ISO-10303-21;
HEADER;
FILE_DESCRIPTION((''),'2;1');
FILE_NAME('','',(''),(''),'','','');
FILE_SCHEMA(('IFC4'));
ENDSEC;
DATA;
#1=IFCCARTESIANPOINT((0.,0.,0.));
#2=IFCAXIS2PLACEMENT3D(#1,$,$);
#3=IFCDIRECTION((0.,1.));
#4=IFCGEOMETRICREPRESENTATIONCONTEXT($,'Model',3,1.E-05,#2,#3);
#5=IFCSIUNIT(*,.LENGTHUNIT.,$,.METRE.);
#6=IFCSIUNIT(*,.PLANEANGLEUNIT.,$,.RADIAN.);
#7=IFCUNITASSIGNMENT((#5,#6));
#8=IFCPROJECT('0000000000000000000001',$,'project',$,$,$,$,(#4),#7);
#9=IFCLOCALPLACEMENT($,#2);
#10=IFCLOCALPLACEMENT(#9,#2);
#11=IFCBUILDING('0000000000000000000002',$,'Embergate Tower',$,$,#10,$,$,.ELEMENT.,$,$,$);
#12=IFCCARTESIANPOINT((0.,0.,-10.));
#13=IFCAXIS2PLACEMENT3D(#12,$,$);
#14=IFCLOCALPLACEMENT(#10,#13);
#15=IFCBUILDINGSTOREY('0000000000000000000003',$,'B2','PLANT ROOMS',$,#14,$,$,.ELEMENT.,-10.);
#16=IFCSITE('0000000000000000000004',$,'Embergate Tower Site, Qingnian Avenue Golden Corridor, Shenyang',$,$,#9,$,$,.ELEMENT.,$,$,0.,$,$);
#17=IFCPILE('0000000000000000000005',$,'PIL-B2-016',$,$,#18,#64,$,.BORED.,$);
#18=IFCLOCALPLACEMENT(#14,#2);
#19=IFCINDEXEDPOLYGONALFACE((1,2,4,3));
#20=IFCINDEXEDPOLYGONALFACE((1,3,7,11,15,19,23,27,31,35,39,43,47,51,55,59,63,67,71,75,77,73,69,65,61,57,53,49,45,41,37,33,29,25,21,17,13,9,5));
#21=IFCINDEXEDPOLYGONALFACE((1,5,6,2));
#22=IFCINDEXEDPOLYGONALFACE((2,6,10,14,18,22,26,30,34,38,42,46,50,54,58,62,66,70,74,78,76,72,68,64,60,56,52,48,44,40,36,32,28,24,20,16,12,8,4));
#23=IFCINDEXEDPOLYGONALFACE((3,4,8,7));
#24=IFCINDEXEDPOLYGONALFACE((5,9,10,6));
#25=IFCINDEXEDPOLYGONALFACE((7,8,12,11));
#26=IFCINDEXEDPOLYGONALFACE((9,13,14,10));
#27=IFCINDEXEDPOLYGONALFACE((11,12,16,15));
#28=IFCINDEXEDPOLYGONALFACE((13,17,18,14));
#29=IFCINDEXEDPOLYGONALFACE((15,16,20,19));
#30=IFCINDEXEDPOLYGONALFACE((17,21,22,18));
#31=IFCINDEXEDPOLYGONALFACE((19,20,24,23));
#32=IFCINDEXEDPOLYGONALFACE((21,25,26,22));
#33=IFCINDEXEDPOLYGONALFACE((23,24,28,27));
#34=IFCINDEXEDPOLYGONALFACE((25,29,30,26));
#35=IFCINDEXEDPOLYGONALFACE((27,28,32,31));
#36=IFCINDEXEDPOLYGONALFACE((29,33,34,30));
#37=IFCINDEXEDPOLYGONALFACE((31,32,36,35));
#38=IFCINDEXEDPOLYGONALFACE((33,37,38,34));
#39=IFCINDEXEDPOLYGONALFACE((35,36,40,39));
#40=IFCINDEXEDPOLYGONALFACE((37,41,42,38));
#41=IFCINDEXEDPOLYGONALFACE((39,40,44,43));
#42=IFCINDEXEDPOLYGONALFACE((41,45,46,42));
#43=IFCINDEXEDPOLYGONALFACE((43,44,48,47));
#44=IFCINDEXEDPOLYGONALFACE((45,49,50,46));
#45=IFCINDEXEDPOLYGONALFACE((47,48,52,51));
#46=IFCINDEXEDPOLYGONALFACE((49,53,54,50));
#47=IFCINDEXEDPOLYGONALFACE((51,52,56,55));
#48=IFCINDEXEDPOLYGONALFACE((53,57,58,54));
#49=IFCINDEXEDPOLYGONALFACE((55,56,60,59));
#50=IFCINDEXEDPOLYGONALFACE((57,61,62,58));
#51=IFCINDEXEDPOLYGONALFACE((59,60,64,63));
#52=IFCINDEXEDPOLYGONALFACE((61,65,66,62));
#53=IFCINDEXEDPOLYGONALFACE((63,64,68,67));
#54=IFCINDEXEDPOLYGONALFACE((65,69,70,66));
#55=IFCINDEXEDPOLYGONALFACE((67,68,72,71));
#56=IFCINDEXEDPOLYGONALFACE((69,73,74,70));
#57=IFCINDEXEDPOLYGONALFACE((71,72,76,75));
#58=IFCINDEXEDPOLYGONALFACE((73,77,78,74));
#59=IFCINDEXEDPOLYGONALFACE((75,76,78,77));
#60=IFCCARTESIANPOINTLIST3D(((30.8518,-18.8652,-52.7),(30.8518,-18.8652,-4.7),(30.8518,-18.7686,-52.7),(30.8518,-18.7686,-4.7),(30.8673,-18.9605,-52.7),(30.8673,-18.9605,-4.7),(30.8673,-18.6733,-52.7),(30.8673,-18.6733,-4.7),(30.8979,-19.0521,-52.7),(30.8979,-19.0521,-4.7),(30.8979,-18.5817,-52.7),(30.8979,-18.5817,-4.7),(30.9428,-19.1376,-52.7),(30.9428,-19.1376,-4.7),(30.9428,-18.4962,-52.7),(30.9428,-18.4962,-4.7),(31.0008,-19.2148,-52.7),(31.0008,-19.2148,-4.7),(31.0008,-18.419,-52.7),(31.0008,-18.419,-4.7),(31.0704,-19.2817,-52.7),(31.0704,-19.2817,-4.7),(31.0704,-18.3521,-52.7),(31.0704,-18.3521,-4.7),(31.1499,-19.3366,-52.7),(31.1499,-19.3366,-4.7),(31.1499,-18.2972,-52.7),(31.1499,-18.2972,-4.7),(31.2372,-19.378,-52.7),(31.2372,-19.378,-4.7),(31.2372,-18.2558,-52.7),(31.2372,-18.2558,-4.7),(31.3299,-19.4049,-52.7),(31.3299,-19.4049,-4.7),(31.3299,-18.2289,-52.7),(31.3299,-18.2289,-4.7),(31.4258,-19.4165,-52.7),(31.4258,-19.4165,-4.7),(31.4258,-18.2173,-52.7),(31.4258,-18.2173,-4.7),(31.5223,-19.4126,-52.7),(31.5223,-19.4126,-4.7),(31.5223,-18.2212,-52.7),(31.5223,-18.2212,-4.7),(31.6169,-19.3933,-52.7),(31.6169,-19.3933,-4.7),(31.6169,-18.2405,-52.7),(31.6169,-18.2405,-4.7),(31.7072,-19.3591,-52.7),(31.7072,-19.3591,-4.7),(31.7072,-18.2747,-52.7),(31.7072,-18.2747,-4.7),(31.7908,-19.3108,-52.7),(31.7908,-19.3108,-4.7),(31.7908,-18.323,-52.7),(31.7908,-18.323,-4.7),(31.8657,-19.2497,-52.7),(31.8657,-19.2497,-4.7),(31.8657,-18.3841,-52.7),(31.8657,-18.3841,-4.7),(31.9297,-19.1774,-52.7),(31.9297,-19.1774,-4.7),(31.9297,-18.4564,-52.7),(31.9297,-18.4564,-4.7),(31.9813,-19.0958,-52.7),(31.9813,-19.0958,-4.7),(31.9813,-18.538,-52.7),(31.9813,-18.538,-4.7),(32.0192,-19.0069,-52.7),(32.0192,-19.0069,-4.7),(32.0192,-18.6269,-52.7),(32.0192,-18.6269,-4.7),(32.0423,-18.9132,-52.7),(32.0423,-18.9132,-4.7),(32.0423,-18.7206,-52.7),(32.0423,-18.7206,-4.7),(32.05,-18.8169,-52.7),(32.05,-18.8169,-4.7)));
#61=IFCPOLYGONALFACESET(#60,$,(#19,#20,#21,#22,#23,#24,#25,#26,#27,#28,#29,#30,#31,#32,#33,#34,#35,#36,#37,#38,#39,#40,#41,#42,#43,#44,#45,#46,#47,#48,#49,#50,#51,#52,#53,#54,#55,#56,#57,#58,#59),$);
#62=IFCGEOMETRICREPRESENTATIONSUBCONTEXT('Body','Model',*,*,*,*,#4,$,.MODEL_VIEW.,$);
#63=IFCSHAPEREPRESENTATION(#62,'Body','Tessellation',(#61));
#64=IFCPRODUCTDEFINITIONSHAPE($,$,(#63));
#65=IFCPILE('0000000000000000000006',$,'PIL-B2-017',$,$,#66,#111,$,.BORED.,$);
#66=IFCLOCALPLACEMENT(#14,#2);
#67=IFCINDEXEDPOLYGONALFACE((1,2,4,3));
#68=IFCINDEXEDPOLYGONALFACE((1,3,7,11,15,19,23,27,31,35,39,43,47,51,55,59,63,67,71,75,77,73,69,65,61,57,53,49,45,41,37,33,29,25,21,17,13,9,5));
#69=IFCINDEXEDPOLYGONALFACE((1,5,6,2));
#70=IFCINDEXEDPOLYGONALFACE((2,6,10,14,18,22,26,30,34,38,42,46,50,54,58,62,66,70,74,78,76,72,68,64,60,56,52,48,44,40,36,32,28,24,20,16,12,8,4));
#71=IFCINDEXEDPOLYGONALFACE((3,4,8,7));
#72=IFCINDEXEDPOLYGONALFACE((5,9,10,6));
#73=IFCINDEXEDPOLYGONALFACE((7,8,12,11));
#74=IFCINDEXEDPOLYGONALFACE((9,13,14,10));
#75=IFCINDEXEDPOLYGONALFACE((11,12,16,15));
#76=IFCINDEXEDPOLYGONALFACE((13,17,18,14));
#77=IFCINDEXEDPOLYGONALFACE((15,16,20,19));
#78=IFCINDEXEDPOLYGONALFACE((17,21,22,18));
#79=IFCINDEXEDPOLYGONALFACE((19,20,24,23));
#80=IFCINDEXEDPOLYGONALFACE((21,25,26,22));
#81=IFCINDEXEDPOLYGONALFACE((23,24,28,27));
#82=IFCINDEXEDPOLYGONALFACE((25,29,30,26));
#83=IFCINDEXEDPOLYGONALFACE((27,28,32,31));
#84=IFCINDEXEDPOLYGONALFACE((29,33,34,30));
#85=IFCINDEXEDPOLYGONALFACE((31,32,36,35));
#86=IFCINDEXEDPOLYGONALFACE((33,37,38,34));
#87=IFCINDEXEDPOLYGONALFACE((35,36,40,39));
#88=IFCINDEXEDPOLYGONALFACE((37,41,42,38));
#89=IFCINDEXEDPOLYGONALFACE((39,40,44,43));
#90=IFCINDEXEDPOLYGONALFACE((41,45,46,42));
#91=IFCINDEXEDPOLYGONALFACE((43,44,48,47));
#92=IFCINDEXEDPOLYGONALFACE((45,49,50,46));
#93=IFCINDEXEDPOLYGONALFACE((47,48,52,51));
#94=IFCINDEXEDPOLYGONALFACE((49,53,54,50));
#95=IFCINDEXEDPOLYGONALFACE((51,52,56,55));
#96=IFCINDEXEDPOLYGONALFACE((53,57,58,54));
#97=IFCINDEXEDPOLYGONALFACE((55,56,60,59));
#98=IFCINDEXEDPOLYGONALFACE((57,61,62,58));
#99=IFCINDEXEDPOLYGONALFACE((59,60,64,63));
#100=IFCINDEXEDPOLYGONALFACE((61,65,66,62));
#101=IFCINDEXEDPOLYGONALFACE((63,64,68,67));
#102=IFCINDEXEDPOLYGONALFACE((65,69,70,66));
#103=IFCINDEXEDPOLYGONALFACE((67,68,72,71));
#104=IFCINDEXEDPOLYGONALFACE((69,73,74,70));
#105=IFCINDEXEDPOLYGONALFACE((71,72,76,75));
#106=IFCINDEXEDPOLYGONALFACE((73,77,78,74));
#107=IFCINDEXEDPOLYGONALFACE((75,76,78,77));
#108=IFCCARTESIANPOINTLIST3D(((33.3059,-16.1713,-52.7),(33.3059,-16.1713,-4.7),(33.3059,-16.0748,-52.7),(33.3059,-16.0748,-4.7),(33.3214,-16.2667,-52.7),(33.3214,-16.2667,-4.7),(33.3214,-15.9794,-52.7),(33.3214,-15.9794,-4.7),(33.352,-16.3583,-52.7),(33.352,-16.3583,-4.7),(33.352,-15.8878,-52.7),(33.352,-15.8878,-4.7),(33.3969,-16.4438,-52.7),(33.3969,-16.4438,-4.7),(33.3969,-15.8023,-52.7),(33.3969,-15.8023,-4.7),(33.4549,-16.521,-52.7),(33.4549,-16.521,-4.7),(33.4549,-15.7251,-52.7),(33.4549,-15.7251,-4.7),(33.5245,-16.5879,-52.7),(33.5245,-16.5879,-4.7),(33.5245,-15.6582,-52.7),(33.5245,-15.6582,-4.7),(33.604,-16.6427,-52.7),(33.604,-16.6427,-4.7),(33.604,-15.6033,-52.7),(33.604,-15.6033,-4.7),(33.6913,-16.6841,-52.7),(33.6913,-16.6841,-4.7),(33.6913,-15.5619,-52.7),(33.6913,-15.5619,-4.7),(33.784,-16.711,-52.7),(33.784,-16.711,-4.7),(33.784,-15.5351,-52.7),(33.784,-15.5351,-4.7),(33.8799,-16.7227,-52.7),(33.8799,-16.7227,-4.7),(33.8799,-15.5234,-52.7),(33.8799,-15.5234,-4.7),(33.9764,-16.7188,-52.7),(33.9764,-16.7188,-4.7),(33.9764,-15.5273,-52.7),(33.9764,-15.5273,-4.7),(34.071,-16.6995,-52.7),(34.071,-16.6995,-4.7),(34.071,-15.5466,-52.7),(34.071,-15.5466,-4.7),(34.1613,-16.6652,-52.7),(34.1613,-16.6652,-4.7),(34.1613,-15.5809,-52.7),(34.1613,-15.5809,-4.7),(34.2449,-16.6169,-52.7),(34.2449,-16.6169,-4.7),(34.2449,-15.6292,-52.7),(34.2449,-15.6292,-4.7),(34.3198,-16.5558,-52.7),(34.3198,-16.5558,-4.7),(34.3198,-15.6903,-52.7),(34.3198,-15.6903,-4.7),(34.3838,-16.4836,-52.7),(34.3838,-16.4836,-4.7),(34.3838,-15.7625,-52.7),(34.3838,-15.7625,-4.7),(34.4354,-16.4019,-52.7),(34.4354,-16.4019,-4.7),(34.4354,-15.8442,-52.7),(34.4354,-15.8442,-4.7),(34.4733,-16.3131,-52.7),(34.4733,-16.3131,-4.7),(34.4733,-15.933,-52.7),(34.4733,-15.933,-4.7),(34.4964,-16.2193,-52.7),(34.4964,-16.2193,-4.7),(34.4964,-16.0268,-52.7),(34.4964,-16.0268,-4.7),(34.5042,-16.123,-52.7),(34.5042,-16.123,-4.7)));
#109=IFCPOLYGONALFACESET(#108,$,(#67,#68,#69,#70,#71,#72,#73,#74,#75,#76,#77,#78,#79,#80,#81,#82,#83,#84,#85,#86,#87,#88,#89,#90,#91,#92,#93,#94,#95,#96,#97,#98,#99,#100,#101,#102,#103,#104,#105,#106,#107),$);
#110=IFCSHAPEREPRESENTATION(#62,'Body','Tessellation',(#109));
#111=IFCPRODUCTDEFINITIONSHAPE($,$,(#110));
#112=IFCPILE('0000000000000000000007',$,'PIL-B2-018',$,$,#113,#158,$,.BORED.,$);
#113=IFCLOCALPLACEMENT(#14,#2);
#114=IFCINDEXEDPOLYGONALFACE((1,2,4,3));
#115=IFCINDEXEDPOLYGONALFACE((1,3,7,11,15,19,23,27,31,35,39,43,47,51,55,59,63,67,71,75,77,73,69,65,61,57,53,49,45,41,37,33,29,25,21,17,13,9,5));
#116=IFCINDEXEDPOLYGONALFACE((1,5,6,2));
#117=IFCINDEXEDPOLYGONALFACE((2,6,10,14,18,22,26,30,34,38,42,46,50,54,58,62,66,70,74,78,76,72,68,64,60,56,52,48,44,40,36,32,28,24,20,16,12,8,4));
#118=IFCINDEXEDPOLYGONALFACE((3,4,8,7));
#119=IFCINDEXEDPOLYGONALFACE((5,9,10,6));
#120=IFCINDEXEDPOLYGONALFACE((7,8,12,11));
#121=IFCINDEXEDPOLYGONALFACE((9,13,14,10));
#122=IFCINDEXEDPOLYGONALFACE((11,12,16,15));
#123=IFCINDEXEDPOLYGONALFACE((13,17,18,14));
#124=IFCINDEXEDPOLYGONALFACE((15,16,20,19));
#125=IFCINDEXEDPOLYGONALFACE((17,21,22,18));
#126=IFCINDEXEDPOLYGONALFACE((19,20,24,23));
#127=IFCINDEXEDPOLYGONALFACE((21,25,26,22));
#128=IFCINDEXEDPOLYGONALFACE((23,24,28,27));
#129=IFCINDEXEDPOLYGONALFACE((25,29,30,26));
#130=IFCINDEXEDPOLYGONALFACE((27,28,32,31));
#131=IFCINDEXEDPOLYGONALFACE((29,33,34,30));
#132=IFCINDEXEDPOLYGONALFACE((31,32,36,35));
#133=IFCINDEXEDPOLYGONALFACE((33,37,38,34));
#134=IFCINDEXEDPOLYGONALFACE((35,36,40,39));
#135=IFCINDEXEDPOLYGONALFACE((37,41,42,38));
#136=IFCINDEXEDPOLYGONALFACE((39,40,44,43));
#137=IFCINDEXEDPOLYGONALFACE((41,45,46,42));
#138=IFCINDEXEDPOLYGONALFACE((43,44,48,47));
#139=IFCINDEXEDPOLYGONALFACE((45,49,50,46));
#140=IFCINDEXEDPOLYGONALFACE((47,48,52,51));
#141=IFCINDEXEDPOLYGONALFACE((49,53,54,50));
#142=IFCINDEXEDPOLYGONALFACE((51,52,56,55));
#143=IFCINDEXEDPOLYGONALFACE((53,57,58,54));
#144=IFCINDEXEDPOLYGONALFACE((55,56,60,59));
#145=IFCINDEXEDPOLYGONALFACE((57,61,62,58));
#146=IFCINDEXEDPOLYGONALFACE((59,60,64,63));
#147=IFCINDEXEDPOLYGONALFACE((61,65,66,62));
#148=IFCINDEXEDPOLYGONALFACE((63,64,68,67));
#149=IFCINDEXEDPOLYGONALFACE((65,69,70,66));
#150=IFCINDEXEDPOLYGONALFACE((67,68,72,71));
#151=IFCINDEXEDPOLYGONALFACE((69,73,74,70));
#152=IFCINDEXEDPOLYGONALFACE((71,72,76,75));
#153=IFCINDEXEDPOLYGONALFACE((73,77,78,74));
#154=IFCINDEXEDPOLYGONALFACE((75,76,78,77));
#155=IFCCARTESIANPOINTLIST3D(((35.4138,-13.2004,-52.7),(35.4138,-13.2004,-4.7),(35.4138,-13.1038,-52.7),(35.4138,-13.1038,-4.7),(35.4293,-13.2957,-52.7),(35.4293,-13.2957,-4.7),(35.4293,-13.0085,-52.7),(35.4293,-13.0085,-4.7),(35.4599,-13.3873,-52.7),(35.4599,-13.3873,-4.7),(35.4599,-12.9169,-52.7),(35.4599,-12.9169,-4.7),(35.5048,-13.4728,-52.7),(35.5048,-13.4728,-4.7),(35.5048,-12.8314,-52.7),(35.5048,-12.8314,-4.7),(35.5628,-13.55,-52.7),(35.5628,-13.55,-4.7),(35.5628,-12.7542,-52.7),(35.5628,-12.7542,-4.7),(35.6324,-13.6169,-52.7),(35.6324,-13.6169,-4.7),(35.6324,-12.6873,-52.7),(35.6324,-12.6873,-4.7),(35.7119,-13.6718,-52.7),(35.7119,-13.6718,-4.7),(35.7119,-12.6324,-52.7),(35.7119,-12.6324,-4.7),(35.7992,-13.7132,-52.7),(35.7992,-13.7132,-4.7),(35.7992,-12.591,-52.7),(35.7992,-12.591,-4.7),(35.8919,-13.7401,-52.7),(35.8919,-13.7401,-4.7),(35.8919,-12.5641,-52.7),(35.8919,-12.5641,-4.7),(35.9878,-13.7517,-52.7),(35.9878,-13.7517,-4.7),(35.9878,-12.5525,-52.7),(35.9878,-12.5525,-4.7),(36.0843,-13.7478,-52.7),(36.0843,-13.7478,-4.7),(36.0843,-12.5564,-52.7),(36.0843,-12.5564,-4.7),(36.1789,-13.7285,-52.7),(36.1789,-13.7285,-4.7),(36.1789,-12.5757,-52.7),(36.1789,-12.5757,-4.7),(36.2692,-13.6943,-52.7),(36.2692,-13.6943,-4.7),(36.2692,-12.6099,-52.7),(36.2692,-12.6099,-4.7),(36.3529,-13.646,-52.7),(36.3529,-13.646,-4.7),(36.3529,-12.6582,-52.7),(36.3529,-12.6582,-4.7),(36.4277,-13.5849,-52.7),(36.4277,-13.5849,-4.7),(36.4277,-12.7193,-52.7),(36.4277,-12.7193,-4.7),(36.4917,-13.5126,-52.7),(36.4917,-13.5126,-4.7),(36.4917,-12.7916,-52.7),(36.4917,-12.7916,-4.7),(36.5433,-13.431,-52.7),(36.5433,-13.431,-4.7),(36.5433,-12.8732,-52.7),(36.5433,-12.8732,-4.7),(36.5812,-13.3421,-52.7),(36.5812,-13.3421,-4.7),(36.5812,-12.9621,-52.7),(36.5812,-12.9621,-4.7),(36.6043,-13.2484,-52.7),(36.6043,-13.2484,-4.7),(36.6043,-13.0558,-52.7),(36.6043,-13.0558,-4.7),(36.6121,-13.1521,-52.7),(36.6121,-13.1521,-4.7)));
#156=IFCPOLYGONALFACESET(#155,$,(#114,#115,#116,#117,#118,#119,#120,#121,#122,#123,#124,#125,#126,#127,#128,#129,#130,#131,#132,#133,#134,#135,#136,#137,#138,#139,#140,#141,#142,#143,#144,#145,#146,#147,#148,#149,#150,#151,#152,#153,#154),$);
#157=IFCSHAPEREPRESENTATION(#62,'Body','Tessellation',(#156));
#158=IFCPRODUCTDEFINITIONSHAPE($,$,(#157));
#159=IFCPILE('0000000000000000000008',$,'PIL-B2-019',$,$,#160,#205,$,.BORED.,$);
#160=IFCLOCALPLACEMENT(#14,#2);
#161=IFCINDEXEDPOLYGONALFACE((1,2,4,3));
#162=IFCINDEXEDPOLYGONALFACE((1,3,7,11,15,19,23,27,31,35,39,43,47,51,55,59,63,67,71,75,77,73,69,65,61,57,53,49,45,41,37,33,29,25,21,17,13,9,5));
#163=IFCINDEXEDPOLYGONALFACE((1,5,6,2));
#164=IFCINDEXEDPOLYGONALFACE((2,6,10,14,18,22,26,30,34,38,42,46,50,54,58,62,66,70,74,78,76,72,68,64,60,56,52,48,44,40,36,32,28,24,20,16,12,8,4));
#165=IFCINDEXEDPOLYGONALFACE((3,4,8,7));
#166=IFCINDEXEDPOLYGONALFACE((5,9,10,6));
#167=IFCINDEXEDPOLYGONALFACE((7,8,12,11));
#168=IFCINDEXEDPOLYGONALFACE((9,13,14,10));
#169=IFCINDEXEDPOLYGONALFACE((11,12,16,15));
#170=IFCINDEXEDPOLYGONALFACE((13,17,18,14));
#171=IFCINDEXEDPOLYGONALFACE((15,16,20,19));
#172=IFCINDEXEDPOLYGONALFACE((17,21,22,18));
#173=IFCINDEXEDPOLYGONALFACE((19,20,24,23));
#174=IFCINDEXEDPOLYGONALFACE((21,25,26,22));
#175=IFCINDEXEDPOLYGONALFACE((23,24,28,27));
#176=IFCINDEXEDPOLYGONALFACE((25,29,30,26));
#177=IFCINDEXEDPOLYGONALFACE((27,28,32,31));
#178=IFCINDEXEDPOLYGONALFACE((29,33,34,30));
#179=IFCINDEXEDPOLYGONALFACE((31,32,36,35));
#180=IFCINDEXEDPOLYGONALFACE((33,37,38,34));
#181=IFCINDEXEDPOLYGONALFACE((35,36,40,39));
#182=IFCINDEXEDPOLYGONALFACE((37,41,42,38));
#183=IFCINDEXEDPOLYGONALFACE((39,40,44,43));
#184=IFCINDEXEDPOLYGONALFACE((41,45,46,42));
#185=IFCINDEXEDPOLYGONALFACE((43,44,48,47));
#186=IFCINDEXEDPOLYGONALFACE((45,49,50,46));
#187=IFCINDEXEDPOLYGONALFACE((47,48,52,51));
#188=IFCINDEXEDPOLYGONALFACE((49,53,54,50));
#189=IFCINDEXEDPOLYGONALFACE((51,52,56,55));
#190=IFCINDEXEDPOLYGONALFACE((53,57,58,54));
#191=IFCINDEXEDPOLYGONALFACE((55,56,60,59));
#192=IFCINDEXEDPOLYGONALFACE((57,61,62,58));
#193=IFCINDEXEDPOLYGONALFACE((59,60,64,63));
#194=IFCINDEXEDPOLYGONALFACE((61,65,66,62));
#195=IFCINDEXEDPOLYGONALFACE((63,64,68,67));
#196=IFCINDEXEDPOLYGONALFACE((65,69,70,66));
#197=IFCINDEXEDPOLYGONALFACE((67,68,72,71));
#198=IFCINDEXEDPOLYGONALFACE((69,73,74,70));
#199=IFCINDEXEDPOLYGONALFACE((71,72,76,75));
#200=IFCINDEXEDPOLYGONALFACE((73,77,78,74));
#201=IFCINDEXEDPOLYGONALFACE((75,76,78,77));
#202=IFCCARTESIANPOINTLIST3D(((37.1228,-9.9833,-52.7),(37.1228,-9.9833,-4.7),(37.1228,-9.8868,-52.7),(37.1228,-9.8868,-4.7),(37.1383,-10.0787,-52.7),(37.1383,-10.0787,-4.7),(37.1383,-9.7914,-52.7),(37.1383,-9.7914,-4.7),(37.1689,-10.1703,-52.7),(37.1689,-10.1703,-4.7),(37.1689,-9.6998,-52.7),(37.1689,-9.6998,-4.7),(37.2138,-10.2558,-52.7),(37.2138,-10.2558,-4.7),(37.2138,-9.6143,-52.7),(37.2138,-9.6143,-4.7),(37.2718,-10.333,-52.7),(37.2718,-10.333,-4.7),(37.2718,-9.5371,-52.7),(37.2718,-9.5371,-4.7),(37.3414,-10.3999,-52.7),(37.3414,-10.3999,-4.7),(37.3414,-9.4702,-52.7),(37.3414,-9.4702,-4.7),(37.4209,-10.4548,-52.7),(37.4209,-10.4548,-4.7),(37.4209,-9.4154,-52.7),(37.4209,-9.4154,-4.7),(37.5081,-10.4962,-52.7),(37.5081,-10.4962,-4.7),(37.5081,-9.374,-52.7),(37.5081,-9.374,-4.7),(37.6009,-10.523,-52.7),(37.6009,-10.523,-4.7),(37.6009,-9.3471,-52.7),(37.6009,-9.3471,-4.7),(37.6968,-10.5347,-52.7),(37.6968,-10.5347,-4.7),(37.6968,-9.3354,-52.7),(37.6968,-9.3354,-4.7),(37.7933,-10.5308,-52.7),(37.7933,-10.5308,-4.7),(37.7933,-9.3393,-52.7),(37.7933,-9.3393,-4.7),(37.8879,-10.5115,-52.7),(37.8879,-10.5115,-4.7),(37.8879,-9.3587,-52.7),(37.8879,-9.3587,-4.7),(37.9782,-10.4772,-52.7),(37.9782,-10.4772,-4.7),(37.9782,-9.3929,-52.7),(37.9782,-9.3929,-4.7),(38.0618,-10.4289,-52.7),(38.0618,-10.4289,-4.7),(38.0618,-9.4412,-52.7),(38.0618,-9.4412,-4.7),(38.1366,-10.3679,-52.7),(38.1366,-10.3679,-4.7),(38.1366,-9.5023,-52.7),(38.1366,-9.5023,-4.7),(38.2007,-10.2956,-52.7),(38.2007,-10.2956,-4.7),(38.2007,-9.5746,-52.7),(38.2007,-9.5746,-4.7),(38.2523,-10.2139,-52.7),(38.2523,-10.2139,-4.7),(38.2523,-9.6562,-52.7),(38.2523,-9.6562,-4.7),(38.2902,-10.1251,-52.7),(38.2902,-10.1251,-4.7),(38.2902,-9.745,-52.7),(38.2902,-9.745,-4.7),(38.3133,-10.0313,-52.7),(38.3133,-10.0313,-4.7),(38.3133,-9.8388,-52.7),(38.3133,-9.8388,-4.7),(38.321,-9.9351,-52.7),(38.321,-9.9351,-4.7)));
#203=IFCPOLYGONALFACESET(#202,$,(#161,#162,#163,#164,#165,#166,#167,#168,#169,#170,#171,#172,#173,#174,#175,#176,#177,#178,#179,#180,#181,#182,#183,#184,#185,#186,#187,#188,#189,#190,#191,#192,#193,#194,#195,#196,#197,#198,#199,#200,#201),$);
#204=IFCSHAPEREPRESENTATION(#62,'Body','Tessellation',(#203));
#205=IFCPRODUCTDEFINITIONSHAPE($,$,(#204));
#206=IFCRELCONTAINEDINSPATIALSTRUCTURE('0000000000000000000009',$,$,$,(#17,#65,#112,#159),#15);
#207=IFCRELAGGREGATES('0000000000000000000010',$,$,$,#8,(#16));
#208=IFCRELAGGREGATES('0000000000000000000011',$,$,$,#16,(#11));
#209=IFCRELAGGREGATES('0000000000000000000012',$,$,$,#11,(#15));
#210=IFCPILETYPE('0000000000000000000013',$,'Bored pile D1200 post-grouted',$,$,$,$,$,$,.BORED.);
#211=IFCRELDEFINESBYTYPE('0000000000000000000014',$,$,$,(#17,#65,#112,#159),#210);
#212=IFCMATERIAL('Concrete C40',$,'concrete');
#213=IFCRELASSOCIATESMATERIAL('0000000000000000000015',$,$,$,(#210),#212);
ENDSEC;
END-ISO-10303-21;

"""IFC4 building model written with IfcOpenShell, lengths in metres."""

from ifc_helpers import new_model, si_unit, direction, frame, origin, origin_2d, place, context, subcontext, project, spatial, circle, extrude, source, transform, mapped, material, material_profile, profile_set, type_object, element, save


model = new_model("IFC4")

# Units and contexts
model_context = context("Model", 3, precision=1e-05, world=origin(), true_north=direction((0.0, 1.0)))
body_context = subcontext(model_context, "Body", "Model", "MODEL_VIEW")
ifc_project = project(units=[si_unit("LENGTHUNIT", "METRE"), si_unit("PLANEANGLEUNIT", "RADIAN")], contexts=[model_context])

# Site, building, storey
site_placement = place(None, origin())
site = spatial("IfcSite", under=ifc_project, at=site_placement, Name="Embergate Tower Site, Qingnian Avenue Golden Corridor, Shenyang", CompositionType="ELEMENT", RefElevation=0.0)
building_placement = place(site_placement, origin())
building = spatial("IfcBuilding", under=site, at=building_placement, Name="Embergate Tower", CompositionType="ELEMENT")
storey_placement = place(building_placement, frame((0.0, 0.0, -10.0)))
storey = spatial("IfcBuildingStorey", under=building, at=storey_placement, Name="B2", Description="PLANT ROOMS", CompositionType="ELEMENT", Elevation=-10.0)

# Piles
ifc_material_1 = material(Name="Concrete C40", Category="concrete")
ifc_material_profile_1 = material_profile(ifc_material_1, circle(Radius=0.6001, at=origin_2d()), Name="D1200")
ifc_profile_set_1 = profile_set([ifc_material_profile_1], Name="Concrete C40")
pile_type = type_object("IfcPileType", Name="Bored pile D1200 post-grouted", PredefinedType="BORED", material=ifc_profile_set_1)
shared_shape_1 = source(origin(), body_context, "Body", "SweptSolid", [
    extrude(circle(Radius=0.6001, at=origin_2d()), origin(), (0.0, 0.0, 1.0), 48.0),
])
for number, where, z_axis, x_axis, name in (
    (1, (31.45, -18.8169, -4.7), (0.0, 0.0, -1.0), (1.0, 0.0, 0.0), "PIL-B2-016"),
    (2, (33.9041, -16.123, -4.7), (0.0, 0.0, -1.0), (1.0, 0.0, 0.0), "PIL-B2-017"),
    (3, (36.012, -13.1521, -4.7), (0.0, 0.0, -1.0), (1.0, 0.0, 0.0), "PIL-B2-018"),
    (4, (37.7209, -9.9351, -4.7), (0.0, 0.0, -1.0), (1.0, 0.0, 0.0), "PIL-B2-019"),
):
    element("IfcPile", number, at=place(storey_placement, frame(where, z_axis=z_axis, x_axis=x_axis)), inside=storey, type_object=pile_type, Name=name, PredefinedType="BORED", context=body_context, shape_type="MappedRepresentation", body=[
        mapped(shared_shape_1, transform((0.0, 0.0, 0.0))),
    ])

save(model, "model.ifc")
